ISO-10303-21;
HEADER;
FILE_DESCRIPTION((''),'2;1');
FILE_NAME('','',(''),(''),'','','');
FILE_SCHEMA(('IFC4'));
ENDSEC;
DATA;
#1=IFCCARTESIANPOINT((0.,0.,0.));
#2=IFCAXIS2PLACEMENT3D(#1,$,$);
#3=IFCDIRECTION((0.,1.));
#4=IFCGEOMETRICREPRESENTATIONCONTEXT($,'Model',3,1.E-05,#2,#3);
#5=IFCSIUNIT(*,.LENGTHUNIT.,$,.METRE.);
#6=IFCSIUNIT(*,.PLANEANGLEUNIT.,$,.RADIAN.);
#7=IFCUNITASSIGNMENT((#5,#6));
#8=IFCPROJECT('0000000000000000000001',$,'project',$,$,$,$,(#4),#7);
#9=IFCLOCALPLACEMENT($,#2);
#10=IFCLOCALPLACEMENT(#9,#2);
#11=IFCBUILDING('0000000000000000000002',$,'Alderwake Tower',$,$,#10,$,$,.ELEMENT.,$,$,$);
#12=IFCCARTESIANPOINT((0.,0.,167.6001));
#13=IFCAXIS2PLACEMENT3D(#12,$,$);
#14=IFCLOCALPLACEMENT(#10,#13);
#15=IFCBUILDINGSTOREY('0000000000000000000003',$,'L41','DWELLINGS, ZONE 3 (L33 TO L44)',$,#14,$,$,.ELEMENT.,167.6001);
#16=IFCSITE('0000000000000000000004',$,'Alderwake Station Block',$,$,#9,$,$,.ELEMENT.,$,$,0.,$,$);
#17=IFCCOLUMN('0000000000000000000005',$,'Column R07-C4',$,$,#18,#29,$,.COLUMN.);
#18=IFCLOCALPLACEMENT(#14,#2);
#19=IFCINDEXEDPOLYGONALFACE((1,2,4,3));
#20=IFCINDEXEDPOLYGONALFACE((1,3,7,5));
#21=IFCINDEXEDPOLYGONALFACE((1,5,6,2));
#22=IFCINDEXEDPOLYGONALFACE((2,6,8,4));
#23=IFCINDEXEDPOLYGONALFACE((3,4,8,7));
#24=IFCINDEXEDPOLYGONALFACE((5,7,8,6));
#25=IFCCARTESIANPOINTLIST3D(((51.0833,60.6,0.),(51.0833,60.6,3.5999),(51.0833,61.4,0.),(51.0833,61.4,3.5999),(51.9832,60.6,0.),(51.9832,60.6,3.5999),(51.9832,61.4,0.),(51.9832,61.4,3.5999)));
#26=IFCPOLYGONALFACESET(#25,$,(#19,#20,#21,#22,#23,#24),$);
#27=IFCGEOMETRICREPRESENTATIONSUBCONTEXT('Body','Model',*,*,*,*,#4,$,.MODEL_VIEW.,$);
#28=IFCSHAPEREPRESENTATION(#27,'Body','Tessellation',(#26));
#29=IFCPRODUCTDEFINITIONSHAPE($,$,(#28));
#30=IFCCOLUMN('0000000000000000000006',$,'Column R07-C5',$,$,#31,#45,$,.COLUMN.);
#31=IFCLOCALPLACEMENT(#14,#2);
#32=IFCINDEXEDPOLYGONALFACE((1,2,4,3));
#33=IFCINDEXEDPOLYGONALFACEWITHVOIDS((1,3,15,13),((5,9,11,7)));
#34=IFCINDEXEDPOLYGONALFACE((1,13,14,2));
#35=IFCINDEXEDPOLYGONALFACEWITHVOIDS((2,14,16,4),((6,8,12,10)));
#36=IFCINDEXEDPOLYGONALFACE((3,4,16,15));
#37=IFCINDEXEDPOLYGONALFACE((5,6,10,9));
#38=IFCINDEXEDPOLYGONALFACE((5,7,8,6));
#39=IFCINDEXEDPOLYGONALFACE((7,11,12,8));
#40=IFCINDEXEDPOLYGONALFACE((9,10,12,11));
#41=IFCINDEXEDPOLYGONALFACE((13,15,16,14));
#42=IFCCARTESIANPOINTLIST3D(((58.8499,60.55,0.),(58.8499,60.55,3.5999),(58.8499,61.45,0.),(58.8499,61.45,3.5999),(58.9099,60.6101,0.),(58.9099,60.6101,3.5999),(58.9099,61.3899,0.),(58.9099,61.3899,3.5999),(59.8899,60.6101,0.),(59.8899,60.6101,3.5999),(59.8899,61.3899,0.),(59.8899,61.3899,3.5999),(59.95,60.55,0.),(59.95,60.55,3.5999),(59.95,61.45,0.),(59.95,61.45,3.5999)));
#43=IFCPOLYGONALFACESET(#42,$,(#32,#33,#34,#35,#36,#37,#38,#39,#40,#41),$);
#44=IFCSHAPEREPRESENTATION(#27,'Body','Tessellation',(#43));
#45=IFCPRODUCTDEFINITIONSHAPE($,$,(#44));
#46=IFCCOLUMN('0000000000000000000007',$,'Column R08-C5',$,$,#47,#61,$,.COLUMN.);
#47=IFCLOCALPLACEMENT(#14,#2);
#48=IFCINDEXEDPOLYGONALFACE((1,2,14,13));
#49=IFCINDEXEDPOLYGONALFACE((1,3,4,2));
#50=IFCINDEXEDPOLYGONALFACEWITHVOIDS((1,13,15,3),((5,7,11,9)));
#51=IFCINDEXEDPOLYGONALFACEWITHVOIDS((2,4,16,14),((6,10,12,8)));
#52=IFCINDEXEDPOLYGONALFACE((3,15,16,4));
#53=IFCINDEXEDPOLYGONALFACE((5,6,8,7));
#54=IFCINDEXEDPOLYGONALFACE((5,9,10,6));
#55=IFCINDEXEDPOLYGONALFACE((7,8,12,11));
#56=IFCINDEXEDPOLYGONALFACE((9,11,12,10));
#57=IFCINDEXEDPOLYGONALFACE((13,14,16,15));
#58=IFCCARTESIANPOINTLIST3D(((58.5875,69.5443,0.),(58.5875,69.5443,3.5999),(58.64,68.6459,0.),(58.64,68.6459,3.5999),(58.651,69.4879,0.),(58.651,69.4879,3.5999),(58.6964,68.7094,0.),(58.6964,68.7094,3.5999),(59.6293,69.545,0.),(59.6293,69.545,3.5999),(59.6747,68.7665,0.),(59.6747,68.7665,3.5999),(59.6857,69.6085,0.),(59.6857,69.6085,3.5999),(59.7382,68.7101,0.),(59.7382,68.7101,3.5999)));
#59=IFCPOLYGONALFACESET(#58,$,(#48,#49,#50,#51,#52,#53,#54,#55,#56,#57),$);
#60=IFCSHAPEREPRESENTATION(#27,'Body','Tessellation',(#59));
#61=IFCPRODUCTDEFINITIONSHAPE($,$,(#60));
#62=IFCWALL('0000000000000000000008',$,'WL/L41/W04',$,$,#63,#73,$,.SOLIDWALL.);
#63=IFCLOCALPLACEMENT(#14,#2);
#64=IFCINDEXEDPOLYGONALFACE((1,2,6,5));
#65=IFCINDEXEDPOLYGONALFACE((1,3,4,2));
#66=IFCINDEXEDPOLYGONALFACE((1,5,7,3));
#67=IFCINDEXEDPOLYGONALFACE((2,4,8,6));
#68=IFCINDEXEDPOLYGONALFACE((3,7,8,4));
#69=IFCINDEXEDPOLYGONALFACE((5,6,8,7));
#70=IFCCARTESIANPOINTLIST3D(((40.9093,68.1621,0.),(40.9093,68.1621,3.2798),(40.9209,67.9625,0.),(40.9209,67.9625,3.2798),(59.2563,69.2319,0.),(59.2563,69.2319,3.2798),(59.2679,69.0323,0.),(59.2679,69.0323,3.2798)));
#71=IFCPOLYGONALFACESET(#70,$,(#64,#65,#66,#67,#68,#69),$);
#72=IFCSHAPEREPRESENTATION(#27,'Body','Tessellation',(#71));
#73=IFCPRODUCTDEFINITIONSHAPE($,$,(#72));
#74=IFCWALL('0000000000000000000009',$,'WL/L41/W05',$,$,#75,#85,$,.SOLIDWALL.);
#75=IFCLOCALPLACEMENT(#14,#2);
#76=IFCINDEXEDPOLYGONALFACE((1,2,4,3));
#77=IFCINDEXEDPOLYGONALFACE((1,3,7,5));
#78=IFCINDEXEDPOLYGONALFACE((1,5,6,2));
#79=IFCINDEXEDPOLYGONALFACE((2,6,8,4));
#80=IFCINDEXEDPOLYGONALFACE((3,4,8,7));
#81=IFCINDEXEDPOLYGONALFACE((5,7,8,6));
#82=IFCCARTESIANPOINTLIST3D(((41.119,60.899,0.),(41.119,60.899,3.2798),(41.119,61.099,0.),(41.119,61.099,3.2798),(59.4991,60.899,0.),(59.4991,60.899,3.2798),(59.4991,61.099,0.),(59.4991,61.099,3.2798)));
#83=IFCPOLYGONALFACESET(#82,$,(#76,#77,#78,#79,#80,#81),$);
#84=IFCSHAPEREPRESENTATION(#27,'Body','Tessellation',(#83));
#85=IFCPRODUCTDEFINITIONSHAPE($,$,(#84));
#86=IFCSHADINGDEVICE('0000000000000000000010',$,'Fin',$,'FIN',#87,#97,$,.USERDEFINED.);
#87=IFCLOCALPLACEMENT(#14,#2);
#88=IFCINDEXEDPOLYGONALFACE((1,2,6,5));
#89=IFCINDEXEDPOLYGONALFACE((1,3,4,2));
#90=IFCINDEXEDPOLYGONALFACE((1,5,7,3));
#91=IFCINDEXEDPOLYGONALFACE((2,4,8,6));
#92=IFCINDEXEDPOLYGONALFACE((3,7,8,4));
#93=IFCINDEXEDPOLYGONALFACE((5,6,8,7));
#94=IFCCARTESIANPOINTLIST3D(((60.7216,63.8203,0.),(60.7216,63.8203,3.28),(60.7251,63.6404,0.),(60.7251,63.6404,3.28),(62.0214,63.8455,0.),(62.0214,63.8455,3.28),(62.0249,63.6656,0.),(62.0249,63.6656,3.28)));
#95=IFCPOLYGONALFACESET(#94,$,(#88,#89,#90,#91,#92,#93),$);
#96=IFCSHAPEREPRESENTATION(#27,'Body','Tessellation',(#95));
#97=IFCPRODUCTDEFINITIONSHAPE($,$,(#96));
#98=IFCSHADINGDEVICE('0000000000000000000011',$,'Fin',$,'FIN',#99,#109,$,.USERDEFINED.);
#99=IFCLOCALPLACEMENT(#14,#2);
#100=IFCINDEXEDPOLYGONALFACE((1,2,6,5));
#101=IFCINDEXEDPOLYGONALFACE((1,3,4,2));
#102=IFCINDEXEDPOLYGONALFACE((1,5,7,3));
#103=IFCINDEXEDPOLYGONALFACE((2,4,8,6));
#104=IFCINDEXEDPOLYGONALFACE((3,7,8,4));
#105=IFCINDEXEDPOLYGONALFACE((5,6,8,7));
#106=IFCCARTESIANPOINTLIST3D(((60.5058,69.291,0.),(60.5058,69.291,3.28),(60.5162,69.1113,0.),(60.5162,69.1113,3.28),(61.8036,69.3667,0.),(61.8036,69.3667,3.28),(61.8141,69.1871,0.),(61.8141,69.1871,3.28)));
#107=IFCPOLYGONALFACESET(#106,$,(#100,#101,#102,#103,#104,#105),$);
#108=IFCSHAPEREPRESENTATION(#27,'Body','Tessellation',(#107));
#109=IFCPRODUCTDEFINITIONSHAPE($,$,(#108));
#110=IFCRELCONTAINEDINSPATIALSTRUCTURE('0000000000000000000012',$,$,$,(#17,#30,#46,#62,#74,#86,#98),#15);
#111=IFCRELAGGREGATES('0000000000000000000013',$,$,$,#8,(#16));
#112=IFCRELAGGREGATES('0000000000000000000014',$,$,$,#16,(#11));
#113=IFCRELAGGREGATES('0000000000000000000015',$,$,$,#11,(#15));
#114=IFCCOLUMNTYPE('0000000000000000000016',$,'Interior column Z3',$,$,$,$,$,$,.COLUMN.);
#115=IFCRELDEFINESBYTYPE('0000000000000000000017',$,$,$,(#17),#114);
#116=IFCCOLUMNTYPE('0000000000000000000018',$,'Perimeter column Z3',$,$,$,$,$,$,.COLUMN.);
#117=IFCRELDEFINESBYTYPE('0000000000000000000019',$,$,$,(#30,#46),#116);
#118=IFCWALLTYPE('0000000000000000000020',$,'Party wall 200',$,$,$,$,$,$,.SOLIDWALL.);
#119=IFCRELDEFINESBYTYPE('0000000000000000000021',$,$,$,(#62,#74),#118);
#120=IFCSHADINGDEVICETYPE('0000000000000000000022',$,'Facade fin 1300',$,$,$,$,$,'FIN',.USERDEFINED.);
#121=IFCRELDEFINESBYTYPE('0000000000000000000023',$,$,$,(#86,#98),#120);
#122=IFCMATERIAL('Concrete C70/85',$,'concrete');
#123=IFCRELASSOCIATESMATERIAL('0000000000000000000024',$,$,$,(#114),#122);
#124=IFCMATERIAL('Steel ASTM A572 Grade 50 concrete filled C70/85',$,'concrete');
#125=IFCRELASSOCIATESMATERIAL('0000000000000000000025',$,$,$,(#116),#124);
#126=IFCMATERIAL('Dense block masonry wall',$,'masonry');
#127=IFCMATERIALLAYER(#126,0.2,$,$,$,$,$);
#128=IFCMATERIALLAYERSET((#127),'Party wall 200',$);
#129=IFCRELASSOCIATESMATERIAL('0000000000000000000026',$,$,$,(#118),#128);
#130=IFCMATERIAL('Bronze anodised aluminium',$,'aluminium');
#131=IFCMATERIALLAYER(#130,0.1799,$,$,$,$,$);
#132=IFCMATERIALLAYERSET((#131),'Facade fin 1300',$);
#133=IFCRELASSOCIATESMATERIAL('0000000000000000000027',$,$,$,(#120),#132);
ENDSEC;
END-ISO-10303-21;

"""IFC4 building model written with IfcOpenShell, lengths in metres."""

from ifc_helpers import new_model, si_unit, direction, frame, frame_2d, origin, origin_2d, place, context, subcontext, project, spatial, rectangle, hollow_rectangle, extrude, material, layer, layer_set, material_profile, profile_set, type_object, element, save


model = new_model("IFC4")

# Units and contexts
model_context = context("Model", 3, precision=1e-05, world=origin(), true_north=direction((0.0, 1.0)))
body_context = subcontext(model_context, "Body", "Model", "MODEL_VIEW")
ifc_project = project(units=[si_unit("LENGTHUNIT", "METRE"), si_unit("PLANEANGLEUNIT", "RADIAN")], contexts=[model_context])

# Site, building, storey
site_placement = place(None, origin())
site = spatial("IfcSite", under=ifc_project, at=site_placement, Name="Alderwake Station Block", CompositionType="ELEMENT", RefElevation=0.0)
building_placement = place(site_placement, origin())
building = spatial("IfcBuilding", under=site, at=building_placement, Name="Alderwake Tower", CompositionType="ELEMENT")
storey_placement = place(building_placement, frame((0.0, 0.0, 167.6001)))
storey = spatial("IfcBuildingStorey", under=building, at=storey_placement, Name="L41", Description="DWELLINGS, ZONE 3 (L33 TO L44)", CompositionType="ELEMENT", Elevation=167.6001)

# Columns
ifc_material_1 = material(Name="Concrete C70/85", Category="concrete")
ifc_material_profile_1 = material_profile(ifc_material_1, rectangle(XDim=0.8, YDim=0.8999, at=origin_2d()), Name="RC 900X800")
ifc_profile_set_1 = profile_set([ifc_material_profile_1], Name="Concrete C70/85")
column_type_1 = type_object("IfcColumnType", Name="Interior column Z3", PredefinedType="COLUMN", material=ifc_profile_set_1)
column_placement = place(storey_placement, frame((51.5332, 61.0, 0.0), z_axis=(0.0, 0.0, 1.0), x_axis=(0.0, 1.0, 0.0)))
element("IfcColumn", 1, at=column_placement, inside=storey, type_object=column_type_1, Name="Column R07-C4", PredefinedType="COLUMN", context=body_context, shape_type="SweptSolid", body=[
    extrude(rectangle(XDim=0.8, YDim=0.8999, at=origin_2d()), origin(), (0.0, 0.0, 1.0), 3.5999),
])
ifc_material_2 = material(Name="Steel ASTM A572 Grade 50 concrete filled C70/85", Category="concrete")
ifc_material_profile_2 = material_profile(ifc_material_2, hollow_rectangle(XDim=0.8999, YDim=1.1001, WallThickness=0.0601, at=origin_2d()), Name="BOX 1100X900X60")
ifc_profile_set_2 = profile_set([ifc_material_profile_2], Name="Steel ASTM A572 Grade 50 concrete filled C70/85")
column_type_2 = type_object("IfcColumnType", Name="Perimeter column Z3", PredefinedType="COLUMN", material=ifc_profile_set_2)
for number, where, z_axis, x_axis, name in (
    (2, (59.3999, 61.0, 0.0), (0.0, 0.0, 1.0), (0.0, 1.0, 0.0), "Column R07-C5"),
    (3, (59.1628, 69.1272, 0.0), (0.0, 0.0, 1.0), (-0.058301, 0.998299, 0.0), "Column R08-C5"),
):
    element("IfcColumn", number, at=place(storey_placement, frame(where, z_axis=z_axis, x_axis=x_axis)), inside=storey, type_object=column_type_2, Name=name, PredefinedType="COLUMN", context=body_context, shape_type="SweptSolid", body=[
        extrude(hollow_rectangle(XDim=0.8999, YDim=1.1001, WallThickness=0.0601, at=origin_2d()), origin(), (0.0, 0.0, 1.0), 3.5999),
    ])

# Walls
ifc_material_3 = material(Name="Dense block masonry wall", Category="masonry")
ifc_layer_1 = layer(ifc_material_3, 0.2)
ifc_layer_set_1 = layer_set([ifc_layer_1], Name="Party wall 200")
wall_type_1 = type_object("IfcWallType", Name="Party wall 200", PredefinedType="SOLIDWALL", material=ifc_layer_set_1)
wall_1_placement = place(storey_placement, frame((59.262, 69.1321, 0.0), z_axis=(0.0, 0.0, 1.0), x_axis=(-0.998304, -0.058212, 0.0)))
element("IfcWall", 4, at=wall_1_placement, inside=storey, type_object=wall_type_1, Name="WL/L41/W04", PredefinedType="SOLIDWALL", context=body_context, shape_type="SweptSolid", body=[
    extrude(rectangle(XDim=18.3782, YDim=0.2, at=frame_2d((9.189, 0.0))), origin(), (0.0, 0.0, 1.0), 3.2798),
])
wall_2_placement = place(storey_placement, frame((59.499, 60.999, 0.0), z_axis=(0.0, 0.0, 1.0), x_axis=(-1.0, 0.0, 0.0)))
element("IfcWall", 5, at=wall_2_placement, inside=storey, type_object=wall_type_1, Name="WL/L41/W05", PredefinedType="SOLIDWALL", context=body_context, shape_type="SweptSolid", body=[
    extrude(rectangle(XDim=18.3801, YDim=0.2, at=frame_2d((9.1899, 0.0))), origin(), (0.0, 0.0, 1.0), 3.2798),
])

# Shading devices
ifc_material_4 = material(Name="Bronze anodised aluminium", Category="aluminium")
ifc_layer_2 = layer(ifc_material_4, 0.1799)
ifc_layer_set_2 = layer_set([ifc_layer_2], Name="Facade fin 1300")
shading_device_type = type_object("IfcShadingDeviceType", Name="Facade fin 1300", ElementType="FIN", PredefinedType="USERDEFINED", material=ifc_layer_set_2)
for number, where, z_axis, x_axis, name in (
    (6, (61.3733, 63.7429, 0.0), (0.0, 0.0, 1.0), (0.999812, 0.019398, 0.0), "Fin"),
    (7, (61.1599, 69.239, 0.0), (0.0, 0.0, 1.0), (0.998301, 0.058266, 0.0), "Fin"),
):
    element("IfcShadingDevice", number, at=place(storey_placement, frame(where, z_axis=z_axis, x_axis=x_axis)), inside=storey, type_object=shading_device_type, Name=name, ObjectType="FIN", PredefinedType="USERDEFINED", context=body_context, shape_type="SweptSolid", body=[
        extrude(rectangle(XDim=1.3, YDim=0.1799, at=origin_2d()), origin(), (0.0, 0.0, 1.0), 3.28),
    ])

save(model, "model.ifc")
